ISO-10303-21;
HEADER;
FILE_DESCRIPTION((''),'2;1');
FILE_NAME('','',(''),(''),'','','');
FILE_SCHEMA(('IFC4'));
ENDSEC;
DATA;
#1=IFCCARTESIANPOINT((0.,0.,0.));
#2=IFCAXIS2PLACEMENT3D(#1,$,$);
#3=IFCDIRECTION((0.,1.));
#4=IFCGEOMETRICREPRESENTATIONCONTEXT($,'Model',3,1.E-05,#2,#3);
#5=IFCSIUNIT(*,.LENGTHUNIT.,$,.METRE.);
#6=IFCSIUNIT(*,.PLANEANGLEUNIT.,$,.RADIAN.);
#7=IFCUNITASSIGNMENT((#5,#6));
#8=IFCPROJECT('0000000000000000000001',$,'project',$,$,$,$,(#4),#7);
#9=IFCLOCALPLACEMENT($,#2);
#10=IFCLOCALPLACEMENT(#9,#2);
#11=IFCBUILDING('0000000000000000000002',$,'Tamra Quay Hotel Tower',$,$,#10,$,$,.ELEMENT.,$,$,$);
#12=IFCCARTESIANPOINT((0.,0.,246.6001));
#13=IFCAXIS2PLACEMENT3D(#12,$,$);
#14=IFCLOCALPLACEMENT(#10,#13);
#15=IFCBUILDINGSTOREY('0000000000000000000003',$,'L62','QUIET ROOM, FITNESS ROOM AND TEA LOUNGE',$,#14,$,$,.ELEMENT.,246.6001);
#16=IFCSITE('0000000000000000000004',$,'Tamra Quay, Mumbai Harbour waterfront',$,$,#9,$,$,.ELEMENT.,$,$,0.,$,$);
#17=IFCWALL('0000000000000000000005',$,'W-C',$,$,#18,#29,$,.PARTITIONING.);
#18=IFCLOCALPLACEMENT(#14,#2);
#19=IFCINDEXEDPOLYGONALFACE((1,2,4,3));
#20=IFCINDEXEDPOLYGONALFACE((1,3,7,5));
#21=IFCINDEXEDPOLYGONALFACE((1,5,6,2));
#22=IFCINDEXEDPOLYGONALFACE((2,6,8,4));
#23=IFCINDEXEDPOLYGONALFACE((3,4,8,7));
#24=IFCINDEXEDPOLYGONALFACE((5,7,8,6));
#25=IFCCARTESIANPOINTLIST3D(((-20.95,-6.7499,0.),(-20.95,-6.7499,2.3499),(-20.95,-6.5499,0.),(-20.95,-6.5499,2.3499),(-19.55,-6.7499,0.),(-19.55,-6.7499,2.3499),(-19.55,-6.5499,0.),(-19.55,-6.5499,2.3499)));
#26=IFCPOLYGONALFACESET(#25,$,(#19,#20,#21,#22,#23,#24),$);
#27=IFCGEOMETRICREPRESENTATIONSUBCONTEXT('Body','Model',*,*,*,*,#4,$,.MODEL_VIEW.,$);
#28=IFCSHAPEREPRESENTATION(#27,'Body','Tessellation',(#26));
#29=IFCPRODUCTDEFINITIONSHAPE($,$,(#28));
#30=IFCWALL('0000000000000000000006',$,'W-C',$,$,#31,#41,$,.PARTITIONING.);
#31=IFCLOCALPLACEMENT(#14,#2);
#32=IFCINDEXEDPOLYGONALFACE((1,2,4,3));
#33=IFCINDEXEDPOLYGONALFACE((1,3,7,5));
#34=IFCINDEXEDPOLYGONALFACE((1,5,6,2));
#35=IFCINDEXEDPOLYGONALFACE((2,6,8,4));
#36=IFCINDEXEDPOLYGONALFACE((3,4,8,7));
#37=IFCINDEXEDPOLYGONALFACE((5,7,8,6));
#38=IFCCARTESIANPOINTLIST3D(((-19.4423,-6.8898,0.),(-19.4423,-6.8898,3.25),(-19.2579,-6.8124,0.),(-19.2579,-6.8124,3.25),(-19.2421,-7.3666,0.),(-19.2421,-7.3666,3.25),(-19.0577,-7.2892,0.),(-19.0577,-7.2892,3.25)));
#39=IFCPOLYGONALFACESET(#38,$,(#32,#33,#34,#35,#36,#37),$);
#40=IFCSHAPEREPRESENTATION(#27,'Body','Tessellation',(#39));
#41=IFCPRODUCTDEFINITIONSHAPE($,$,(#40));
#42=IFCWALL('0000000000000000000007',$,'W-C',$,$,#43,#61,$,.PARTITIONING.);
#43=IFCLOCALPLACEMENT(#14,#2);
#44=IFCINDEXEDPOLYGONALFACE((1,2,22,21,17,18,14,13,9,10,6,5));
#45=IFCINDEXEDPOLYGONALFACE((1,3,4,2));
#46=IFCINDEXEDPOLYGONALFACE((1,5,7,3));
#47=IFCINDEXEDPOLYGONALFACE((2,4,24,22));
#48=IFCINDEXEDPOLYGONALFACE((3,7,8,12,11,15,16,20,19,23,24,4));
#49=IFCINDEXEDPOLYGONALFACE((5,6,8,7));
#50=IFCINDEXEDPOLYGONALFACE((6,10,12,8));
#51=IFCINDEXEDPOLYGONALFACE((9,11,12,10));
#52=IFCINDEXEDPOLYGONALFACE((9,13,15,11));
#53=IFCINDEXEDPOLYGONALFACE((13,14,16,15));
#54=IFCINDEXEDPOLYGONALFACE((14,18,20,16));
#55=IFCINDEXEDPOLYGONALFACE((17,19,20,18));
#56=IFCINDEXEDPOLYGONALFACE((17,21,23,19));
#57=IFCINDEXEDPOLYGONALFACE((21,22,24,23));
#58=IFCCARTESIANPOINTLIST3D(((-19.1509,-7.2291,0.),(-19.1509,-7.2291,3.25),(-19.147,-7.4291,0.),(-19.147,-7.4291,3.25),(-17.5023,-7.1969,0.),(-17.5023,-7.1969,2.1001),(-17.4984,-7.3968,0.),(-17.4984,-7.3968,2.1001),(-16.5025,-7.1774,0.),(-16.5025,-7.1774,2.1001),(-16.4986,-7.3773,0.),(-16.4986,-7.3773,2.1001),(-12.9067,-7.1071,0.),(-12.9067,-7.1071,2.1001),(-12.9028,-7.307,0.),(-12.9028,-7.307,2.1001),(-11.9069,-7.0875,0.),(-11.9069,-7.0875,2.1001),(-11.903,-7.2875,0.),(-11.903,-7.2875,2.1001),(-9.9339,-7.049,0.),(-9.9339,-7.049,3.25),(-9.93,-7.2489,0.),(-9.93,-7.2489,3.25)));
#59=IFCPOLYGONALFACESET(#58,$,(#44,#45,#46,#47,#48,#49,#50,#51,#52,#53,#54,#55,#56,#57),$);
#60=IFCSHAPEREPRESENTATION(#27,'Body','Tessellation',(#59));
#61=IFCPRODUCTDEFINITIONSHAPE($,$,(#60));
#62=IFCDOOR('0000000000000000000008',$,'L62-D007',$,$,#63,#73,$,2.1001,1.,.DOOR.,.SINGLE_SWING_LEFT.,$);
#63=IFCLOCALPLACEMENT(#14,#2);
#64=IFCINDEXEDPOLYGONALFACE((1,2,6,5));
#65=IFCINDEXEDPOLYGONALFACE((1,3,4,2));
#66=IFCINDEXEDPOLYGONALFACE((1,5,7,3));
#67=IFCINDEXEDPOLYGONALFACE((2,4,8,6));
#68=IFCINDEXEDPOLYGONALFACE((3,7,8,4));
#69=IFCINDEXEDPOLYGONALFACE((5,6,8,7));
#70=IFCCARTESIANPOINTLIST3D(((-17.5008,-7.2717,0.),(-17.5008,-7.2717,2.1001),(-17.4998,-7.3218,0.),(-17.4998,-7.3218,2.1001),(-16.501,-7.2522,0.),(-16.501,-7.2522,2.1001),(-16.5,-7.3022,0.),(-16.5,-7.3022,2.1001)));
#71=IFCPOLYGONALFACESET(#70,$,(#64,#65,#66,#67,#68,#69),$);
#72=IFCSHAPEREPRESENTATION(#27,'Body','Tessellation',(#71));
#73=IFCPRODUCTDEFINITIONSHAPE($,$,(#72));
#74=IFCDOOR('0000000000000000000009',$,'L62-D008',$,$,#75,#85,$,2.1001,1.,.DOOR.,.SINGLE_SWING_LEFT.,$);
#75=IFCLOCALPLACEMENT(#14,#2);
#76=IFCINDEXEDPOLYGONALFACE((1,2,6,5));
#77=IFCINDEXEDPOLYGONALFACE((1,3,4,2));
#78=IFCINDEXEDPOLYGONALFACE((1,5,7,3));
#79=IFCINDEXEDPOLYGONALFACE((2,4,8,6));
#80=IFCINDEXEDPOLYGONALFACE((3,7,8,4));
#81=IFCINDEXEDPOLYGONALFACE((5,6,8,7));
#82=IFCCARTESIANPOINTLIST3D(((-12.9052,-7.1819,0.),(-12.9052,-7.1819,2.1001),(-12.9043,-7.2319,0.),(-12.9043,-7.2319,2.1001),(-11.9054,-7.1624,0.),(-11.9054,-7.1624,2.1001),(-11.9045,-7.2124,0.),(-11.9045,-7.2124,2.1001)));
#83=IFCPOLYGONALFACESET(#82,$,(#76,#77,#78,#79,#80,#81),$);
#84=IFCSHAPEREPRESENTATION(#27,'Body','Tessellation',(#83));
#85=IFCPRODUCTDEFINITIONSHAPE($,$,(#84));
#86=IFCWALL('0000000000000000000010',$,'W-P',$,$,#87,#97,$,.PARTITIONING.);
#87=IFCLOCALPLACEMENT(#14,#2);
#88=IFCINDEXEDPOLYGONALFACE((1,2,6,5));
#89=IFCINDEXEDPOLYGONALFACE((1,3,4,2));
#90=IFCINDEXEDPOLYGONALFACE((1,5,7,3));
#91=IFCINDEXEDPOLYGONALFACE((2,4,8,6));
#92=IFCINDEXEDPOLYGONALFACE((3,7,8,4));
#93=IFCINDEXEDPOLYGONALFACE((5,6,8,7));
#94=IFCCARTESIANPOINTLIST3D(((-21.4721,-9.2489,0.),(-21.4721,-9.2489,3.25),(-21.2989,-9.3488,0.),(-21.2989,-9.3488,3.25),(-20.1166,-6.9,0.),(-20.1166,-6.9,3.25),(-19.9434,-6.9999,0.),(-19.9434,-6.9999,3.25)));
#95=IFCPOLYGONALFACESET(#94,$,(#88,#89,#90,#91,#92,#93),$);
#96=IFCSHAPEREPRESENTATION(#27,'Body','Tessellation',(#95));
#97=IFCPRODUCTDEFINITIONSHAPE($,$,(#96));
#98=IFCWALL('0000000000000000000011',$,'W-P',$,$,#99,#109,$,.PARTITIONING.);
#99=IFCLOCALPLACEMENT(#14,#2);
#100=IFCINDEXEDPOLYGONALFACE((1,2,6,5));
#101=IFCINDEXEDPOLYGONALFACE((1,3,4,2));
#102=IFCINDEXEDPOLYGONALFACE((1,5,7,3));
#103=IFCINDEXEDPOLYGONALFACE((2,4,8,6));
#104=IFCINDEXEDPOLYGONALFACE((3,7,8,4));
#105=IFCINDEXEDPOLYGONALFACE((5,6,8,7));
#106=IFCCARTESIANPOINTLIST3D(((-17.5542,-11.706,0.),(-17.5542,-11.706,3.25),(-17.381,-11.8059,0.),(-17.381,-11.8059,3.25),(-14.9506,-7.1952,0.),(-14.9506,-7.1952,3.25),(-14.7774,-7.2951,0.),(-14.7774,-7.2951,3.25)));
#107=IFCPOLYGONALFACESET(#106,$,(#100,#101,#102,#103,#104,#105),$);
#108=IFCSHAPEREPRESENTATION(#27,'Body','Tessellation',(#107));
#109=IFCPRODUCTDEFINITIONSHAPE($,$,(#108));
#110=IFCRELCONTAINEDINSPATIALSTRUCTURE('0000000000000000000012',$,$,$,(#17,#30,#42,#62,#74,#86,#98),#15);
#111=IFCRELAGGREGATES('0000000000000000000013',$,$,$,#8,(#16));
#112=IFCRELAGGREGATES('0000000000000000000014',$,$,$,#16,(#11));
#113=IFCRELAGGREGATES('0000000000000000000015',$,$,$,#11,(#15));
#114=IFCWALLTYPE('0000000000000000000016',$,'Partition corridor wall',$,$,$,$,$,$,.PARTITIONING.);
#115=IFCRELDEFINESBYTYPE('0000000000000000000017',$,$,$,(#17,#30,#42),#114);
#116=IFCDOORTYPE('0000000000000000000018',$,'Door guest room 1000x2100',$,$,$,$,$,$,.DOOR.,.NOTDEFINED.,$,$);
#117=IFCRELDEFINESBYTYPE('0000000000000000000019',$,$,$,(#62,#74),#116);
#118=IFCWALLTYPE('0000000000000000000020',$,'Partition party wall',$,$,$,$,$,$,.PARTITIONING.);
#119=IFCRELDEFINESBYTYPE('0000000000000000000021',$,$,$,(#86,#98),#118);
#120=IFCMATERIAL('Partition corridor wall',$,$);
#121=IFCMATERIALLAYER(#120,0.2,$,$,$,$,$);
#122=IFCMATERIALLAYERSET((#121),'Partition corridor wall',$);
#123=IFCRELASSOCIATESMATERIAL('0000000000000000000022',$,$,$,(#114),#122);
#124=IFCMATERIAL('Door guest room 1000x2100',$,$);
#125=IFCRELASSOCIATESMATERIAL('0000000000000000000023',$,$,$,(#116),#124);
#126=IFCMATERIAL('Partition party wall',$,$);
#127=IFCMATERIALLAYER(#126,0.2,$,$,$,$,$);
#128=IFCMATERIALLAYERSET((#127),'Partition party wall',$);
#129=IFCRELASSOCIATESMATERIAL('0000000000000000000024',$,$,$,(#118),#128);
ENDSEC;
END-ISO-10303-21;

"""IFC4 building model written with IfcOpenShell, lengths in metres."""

from ifc_helpers import new_model, si_unit, direction, frame, frame_2d, origin, place, context, subcontext, project, spatial, rectangle, extrude, material, layer, layer_set, type_object, element, fill, save


model = new_model("IFC4")

# Units and contexts
model_context = context("Model", 3, precision=1e-05, world=origin(), true_north=direction((0.0, 1.0)))
body_context = subcontext(model_context, "Body", "Model", "MODEL_VIEW")
ifc_project = project(units=[si_unit("LENGTHUNIT", "METRE"), si_unit("PLANEANGLEUNIT", "RADIAN")], contexts=[model_context])

# Site, building, storey
site_placement = place(None, origin())
site = spatial("IfcSite", under=ifc_project, at=site_placement, Name="Tamra Quay, Mumbai Harbour waterfront", CompositionType="ELEMENT", RefElevation=0.0)
building_placement = place(site_placement, origin())
building = spatial("IfcBuilding", under=site, at=building_placement, Name="Tamra Quay Hotel Tower", CompositionType="ELEMENT")
storey_placement = place(building_placement, frame((0.0, 0.0, 246.6001)))
storey = spatial("IfcBuildingStorey", under=building, at=storey_placement, Name="L62", Description="QUIET ROOM, FITNESS ROOM AND TEA LOUNGE", CompositionType="ELEMENT", Elevation=246.6001)

# Walls
ifc_material_1 = material(Name="Partition corridor wall")
ifc_layer_1 = layer(ifc_material_1, 0.2)
ifc_layer_set_1 = layer_set([ifc_layer_1], Name="Partition corridor wall")
wall_type_1 = type_object("IfcWallType", Name="Partition corridor wall", PredefinedType="PARTITIONING", material=ifc_layer_set_1)
wall_1_placement = place(storey_placement, frame((-20.95, -6.6499, 0.0), z_axis=(0.0, 0.0, 1.0), x_axis=(1.0, 0.0, 0.0)))
element("IfcWall", 1, at=wall_1_placement, inside=storey, type_object=wall_type_1, Name="W-C", PredefinedType="PARTITIONING", context=body_context, shape_type="SweptSolid", body=[
    extrude(rectangle(XDim=1.3999, YDim=0.2, at=frame_2d((0.7, 0.0))), origin(), (0.0, 0.0, 1.0), 2.3499),
])
wall_2_placement = place(storey_placement, frame((-19.1499, -7.3279, 0.0), z_axis=(0.0, 0.0, 1.0), x_axis=(-0.387128, 0.922026, 0.0)))
element("IfcWall", 2, at=wall_2_placement, inside=storey, type_object=wall_type_1, Name="W-C", PredefinedType="PARTITIONING", context=body_context, shape_type="SweptSolid", body=[
    extrude(rectangle(XDim=0.5171, YDim=0.2, at=frame_2d((0.2585, 0.0))), origin(), (0.0, 0.0, 1.0), 3.25),
])

# Wall, openings, doors
wall_3_placement = place(storey_placement, frame((-19.1489, -7.3291, 0.0), z_axis=(0.0, 0.0, 1.0), x_axis=(0.999809, 0.019544, 0.0)))
wall_3 = element("IfcWall", 3, at=wall_3_placement, inside=storey, type_object=wall_type_1, Name="W-C", PredefinedType="PARTITIONING", context=body_context, shape_type="SweptSolid", body=[
    extrude(rectangle(XDim=9.2188, YDim=0.2, at=frame_2d((4.6094, 0.0))), origin(), (0.0, 0.0, 1.0), 3.25),
])
opening_1_placement = place(wall_3_placement, frame((1.6489, 0.0, 0.0)))
opening_1 = element("IfcOpeningElement", 4, at=opening_1_placement, cuts=wall_3, PredefinedType="OPENING", context=body_context, shape_type="SweptSolid", body=[
    extrude(rectangle(XDim=1.0, YDim=2.1001, at=frame_2d((0.5, 1.05))), frame((0.0, 0.1099, 0.0), z_axis=(0.0, -1.0, 0.0), x_axis=(1.0, 0.0, 0.0)), (0.0, 0.0, 1.0), 0.22),
])
opening_2_placement = place(wall_3_placement, frame((6.2454, 0.0, 0.0)))
opening_2 = element("IfcOpeningElement", 5, at=opening_2_placement, cuts=wall_3, PredefinedType="OPENING", context=body_context, shape_type="SweptSolid", body=[
    extrude(rectangle(XDim=1.0, YDim=2.1001, at=frame_2d((0.5, 1.05))), frame((0.0, 0.1099, 0.0), z_axis=(0.0, -1.0, 0.0), x_axis=(1.0, 0.0, 0.0)), (0.0, 0.0, 1.0), 0.22),
])
ifc_material_2 = material(Name="Door guest room 1000x2100")
door_type_1 = type_object("IfcDoorType", Name="Door guest room 1000x2100", OperationType="NOTDEFINED", PredefinedType="DOOR", material=ifc_material_2)
door_1_placement = place(opening_1_placement, frame((1.0, 0.0, 0.0), z_axis=(0.0, 0.0, 1.0), x_axis=(-1.0, 0.0, 0.0)))
door_1 = element("IfcDoor", 6, at=door_1_placement, inside=storey, type_object=door_type_1, Name="L62-D007", OperationType="SINGLE_SWING_LEFT", OverallHeight=2.1001, OverallWidth=1.0, PredefinedType="DOOR", context=body_context, shape_type="SweptSolid", body=[
    extrude(rectangle(XDim=1.0, YDim=2.1001, at=frame_2d((0.5, 1.05))), frame((0.0, 0.0249, 0.0), z_axis=(0.0, -1.0, 0.0), x_axis=(1.0, 0.0, 0.0)), (0.0, 0.0, 1.0), 0.05),
])
fill(opening_1, door_1)
door_2_placement = place(opening_2_placement, frame((1.0, 0.0, 0.0), z_axis=(0.0, 0.0, 1.0), x_axis=(-1.0, 0.0, 0.0)))
door_2 = element("IfcDoor", 7, at=door_2_placement, inside=storey, type_object=door_type_1, Name="L62-D008", OperationType="SINGLE_SWING_LEFT", OverallHeight=2.1001, OverallWidth=1.0, PredefinedType="DOOR", context=body_context, shape_type="SweptSolid", body=[
    extrude(rectangle(XDim=1.0, YDim=2.1001, at=frame_2d((0.5, 1.05))), frame((0.0, 0.0249, 0.0), z_axis=(0.0, -1.0, 0.0), x_axis=(1.0, 0.0, 0.0)), (0.0, 0.0, 1.0), 0.05),
])
fill(opening_2, door_2)

# Walls
ifc_material_3 = material(Name="Partition party wall")
ifc_layer_2 = layer(ifc_material_3, 0.2)
ifc_layer_set_2 = layer_set([ifc_layer_2], Name="Partition party wall")
wall_type_2 = type_object("IfcWallType", Name="Partition party wall", PredefinedType="PARTITIONING", material=ifc_layer_set_2)
wall_4_placement = place(storey_placement, frame((-21.3855, -9.2988, 0.0), z_axis=(0.0, 0.0, 1.0), x_axis=(0.499819, 0.86613, 0.0)))
element("IfcWall", 8, at=wall_4_placement, inside=storey, type_object=wall_type_2, Name="W-P", PredefinedType="PARTITIONING", context=body_context, shape_type="SweptSolid", body=[
    extrude(rectangle(XDim=2.7119, YDim=0.2, at=frame_2d((1.356, 0.0))), origin(), (0.0, 0.0, 1.0), 3.25),
])
wall_5_placement = place(storey_placement, frame((-17.4675, -11.7559, 0.0), z_axis=(0.0, 0.0, 1.0), x_axis=(0.49989, 0.866089, 0.0)))
element("IfcWall", 9, at=wall_5_placement, inside=storey, type_object=wall_type_2, Name="W-P", PredefinedType="PARTITIONING", context=body_context, shape_type="SweptSolid", body=[
    extrude(rectangle(XDim=5.2083, YDim=0.2, at=frame_2d((2.604, 0.0))), origin(), (0.0, 0.0, 1.0), 3.25),
])

save(model, "model.ifc")
